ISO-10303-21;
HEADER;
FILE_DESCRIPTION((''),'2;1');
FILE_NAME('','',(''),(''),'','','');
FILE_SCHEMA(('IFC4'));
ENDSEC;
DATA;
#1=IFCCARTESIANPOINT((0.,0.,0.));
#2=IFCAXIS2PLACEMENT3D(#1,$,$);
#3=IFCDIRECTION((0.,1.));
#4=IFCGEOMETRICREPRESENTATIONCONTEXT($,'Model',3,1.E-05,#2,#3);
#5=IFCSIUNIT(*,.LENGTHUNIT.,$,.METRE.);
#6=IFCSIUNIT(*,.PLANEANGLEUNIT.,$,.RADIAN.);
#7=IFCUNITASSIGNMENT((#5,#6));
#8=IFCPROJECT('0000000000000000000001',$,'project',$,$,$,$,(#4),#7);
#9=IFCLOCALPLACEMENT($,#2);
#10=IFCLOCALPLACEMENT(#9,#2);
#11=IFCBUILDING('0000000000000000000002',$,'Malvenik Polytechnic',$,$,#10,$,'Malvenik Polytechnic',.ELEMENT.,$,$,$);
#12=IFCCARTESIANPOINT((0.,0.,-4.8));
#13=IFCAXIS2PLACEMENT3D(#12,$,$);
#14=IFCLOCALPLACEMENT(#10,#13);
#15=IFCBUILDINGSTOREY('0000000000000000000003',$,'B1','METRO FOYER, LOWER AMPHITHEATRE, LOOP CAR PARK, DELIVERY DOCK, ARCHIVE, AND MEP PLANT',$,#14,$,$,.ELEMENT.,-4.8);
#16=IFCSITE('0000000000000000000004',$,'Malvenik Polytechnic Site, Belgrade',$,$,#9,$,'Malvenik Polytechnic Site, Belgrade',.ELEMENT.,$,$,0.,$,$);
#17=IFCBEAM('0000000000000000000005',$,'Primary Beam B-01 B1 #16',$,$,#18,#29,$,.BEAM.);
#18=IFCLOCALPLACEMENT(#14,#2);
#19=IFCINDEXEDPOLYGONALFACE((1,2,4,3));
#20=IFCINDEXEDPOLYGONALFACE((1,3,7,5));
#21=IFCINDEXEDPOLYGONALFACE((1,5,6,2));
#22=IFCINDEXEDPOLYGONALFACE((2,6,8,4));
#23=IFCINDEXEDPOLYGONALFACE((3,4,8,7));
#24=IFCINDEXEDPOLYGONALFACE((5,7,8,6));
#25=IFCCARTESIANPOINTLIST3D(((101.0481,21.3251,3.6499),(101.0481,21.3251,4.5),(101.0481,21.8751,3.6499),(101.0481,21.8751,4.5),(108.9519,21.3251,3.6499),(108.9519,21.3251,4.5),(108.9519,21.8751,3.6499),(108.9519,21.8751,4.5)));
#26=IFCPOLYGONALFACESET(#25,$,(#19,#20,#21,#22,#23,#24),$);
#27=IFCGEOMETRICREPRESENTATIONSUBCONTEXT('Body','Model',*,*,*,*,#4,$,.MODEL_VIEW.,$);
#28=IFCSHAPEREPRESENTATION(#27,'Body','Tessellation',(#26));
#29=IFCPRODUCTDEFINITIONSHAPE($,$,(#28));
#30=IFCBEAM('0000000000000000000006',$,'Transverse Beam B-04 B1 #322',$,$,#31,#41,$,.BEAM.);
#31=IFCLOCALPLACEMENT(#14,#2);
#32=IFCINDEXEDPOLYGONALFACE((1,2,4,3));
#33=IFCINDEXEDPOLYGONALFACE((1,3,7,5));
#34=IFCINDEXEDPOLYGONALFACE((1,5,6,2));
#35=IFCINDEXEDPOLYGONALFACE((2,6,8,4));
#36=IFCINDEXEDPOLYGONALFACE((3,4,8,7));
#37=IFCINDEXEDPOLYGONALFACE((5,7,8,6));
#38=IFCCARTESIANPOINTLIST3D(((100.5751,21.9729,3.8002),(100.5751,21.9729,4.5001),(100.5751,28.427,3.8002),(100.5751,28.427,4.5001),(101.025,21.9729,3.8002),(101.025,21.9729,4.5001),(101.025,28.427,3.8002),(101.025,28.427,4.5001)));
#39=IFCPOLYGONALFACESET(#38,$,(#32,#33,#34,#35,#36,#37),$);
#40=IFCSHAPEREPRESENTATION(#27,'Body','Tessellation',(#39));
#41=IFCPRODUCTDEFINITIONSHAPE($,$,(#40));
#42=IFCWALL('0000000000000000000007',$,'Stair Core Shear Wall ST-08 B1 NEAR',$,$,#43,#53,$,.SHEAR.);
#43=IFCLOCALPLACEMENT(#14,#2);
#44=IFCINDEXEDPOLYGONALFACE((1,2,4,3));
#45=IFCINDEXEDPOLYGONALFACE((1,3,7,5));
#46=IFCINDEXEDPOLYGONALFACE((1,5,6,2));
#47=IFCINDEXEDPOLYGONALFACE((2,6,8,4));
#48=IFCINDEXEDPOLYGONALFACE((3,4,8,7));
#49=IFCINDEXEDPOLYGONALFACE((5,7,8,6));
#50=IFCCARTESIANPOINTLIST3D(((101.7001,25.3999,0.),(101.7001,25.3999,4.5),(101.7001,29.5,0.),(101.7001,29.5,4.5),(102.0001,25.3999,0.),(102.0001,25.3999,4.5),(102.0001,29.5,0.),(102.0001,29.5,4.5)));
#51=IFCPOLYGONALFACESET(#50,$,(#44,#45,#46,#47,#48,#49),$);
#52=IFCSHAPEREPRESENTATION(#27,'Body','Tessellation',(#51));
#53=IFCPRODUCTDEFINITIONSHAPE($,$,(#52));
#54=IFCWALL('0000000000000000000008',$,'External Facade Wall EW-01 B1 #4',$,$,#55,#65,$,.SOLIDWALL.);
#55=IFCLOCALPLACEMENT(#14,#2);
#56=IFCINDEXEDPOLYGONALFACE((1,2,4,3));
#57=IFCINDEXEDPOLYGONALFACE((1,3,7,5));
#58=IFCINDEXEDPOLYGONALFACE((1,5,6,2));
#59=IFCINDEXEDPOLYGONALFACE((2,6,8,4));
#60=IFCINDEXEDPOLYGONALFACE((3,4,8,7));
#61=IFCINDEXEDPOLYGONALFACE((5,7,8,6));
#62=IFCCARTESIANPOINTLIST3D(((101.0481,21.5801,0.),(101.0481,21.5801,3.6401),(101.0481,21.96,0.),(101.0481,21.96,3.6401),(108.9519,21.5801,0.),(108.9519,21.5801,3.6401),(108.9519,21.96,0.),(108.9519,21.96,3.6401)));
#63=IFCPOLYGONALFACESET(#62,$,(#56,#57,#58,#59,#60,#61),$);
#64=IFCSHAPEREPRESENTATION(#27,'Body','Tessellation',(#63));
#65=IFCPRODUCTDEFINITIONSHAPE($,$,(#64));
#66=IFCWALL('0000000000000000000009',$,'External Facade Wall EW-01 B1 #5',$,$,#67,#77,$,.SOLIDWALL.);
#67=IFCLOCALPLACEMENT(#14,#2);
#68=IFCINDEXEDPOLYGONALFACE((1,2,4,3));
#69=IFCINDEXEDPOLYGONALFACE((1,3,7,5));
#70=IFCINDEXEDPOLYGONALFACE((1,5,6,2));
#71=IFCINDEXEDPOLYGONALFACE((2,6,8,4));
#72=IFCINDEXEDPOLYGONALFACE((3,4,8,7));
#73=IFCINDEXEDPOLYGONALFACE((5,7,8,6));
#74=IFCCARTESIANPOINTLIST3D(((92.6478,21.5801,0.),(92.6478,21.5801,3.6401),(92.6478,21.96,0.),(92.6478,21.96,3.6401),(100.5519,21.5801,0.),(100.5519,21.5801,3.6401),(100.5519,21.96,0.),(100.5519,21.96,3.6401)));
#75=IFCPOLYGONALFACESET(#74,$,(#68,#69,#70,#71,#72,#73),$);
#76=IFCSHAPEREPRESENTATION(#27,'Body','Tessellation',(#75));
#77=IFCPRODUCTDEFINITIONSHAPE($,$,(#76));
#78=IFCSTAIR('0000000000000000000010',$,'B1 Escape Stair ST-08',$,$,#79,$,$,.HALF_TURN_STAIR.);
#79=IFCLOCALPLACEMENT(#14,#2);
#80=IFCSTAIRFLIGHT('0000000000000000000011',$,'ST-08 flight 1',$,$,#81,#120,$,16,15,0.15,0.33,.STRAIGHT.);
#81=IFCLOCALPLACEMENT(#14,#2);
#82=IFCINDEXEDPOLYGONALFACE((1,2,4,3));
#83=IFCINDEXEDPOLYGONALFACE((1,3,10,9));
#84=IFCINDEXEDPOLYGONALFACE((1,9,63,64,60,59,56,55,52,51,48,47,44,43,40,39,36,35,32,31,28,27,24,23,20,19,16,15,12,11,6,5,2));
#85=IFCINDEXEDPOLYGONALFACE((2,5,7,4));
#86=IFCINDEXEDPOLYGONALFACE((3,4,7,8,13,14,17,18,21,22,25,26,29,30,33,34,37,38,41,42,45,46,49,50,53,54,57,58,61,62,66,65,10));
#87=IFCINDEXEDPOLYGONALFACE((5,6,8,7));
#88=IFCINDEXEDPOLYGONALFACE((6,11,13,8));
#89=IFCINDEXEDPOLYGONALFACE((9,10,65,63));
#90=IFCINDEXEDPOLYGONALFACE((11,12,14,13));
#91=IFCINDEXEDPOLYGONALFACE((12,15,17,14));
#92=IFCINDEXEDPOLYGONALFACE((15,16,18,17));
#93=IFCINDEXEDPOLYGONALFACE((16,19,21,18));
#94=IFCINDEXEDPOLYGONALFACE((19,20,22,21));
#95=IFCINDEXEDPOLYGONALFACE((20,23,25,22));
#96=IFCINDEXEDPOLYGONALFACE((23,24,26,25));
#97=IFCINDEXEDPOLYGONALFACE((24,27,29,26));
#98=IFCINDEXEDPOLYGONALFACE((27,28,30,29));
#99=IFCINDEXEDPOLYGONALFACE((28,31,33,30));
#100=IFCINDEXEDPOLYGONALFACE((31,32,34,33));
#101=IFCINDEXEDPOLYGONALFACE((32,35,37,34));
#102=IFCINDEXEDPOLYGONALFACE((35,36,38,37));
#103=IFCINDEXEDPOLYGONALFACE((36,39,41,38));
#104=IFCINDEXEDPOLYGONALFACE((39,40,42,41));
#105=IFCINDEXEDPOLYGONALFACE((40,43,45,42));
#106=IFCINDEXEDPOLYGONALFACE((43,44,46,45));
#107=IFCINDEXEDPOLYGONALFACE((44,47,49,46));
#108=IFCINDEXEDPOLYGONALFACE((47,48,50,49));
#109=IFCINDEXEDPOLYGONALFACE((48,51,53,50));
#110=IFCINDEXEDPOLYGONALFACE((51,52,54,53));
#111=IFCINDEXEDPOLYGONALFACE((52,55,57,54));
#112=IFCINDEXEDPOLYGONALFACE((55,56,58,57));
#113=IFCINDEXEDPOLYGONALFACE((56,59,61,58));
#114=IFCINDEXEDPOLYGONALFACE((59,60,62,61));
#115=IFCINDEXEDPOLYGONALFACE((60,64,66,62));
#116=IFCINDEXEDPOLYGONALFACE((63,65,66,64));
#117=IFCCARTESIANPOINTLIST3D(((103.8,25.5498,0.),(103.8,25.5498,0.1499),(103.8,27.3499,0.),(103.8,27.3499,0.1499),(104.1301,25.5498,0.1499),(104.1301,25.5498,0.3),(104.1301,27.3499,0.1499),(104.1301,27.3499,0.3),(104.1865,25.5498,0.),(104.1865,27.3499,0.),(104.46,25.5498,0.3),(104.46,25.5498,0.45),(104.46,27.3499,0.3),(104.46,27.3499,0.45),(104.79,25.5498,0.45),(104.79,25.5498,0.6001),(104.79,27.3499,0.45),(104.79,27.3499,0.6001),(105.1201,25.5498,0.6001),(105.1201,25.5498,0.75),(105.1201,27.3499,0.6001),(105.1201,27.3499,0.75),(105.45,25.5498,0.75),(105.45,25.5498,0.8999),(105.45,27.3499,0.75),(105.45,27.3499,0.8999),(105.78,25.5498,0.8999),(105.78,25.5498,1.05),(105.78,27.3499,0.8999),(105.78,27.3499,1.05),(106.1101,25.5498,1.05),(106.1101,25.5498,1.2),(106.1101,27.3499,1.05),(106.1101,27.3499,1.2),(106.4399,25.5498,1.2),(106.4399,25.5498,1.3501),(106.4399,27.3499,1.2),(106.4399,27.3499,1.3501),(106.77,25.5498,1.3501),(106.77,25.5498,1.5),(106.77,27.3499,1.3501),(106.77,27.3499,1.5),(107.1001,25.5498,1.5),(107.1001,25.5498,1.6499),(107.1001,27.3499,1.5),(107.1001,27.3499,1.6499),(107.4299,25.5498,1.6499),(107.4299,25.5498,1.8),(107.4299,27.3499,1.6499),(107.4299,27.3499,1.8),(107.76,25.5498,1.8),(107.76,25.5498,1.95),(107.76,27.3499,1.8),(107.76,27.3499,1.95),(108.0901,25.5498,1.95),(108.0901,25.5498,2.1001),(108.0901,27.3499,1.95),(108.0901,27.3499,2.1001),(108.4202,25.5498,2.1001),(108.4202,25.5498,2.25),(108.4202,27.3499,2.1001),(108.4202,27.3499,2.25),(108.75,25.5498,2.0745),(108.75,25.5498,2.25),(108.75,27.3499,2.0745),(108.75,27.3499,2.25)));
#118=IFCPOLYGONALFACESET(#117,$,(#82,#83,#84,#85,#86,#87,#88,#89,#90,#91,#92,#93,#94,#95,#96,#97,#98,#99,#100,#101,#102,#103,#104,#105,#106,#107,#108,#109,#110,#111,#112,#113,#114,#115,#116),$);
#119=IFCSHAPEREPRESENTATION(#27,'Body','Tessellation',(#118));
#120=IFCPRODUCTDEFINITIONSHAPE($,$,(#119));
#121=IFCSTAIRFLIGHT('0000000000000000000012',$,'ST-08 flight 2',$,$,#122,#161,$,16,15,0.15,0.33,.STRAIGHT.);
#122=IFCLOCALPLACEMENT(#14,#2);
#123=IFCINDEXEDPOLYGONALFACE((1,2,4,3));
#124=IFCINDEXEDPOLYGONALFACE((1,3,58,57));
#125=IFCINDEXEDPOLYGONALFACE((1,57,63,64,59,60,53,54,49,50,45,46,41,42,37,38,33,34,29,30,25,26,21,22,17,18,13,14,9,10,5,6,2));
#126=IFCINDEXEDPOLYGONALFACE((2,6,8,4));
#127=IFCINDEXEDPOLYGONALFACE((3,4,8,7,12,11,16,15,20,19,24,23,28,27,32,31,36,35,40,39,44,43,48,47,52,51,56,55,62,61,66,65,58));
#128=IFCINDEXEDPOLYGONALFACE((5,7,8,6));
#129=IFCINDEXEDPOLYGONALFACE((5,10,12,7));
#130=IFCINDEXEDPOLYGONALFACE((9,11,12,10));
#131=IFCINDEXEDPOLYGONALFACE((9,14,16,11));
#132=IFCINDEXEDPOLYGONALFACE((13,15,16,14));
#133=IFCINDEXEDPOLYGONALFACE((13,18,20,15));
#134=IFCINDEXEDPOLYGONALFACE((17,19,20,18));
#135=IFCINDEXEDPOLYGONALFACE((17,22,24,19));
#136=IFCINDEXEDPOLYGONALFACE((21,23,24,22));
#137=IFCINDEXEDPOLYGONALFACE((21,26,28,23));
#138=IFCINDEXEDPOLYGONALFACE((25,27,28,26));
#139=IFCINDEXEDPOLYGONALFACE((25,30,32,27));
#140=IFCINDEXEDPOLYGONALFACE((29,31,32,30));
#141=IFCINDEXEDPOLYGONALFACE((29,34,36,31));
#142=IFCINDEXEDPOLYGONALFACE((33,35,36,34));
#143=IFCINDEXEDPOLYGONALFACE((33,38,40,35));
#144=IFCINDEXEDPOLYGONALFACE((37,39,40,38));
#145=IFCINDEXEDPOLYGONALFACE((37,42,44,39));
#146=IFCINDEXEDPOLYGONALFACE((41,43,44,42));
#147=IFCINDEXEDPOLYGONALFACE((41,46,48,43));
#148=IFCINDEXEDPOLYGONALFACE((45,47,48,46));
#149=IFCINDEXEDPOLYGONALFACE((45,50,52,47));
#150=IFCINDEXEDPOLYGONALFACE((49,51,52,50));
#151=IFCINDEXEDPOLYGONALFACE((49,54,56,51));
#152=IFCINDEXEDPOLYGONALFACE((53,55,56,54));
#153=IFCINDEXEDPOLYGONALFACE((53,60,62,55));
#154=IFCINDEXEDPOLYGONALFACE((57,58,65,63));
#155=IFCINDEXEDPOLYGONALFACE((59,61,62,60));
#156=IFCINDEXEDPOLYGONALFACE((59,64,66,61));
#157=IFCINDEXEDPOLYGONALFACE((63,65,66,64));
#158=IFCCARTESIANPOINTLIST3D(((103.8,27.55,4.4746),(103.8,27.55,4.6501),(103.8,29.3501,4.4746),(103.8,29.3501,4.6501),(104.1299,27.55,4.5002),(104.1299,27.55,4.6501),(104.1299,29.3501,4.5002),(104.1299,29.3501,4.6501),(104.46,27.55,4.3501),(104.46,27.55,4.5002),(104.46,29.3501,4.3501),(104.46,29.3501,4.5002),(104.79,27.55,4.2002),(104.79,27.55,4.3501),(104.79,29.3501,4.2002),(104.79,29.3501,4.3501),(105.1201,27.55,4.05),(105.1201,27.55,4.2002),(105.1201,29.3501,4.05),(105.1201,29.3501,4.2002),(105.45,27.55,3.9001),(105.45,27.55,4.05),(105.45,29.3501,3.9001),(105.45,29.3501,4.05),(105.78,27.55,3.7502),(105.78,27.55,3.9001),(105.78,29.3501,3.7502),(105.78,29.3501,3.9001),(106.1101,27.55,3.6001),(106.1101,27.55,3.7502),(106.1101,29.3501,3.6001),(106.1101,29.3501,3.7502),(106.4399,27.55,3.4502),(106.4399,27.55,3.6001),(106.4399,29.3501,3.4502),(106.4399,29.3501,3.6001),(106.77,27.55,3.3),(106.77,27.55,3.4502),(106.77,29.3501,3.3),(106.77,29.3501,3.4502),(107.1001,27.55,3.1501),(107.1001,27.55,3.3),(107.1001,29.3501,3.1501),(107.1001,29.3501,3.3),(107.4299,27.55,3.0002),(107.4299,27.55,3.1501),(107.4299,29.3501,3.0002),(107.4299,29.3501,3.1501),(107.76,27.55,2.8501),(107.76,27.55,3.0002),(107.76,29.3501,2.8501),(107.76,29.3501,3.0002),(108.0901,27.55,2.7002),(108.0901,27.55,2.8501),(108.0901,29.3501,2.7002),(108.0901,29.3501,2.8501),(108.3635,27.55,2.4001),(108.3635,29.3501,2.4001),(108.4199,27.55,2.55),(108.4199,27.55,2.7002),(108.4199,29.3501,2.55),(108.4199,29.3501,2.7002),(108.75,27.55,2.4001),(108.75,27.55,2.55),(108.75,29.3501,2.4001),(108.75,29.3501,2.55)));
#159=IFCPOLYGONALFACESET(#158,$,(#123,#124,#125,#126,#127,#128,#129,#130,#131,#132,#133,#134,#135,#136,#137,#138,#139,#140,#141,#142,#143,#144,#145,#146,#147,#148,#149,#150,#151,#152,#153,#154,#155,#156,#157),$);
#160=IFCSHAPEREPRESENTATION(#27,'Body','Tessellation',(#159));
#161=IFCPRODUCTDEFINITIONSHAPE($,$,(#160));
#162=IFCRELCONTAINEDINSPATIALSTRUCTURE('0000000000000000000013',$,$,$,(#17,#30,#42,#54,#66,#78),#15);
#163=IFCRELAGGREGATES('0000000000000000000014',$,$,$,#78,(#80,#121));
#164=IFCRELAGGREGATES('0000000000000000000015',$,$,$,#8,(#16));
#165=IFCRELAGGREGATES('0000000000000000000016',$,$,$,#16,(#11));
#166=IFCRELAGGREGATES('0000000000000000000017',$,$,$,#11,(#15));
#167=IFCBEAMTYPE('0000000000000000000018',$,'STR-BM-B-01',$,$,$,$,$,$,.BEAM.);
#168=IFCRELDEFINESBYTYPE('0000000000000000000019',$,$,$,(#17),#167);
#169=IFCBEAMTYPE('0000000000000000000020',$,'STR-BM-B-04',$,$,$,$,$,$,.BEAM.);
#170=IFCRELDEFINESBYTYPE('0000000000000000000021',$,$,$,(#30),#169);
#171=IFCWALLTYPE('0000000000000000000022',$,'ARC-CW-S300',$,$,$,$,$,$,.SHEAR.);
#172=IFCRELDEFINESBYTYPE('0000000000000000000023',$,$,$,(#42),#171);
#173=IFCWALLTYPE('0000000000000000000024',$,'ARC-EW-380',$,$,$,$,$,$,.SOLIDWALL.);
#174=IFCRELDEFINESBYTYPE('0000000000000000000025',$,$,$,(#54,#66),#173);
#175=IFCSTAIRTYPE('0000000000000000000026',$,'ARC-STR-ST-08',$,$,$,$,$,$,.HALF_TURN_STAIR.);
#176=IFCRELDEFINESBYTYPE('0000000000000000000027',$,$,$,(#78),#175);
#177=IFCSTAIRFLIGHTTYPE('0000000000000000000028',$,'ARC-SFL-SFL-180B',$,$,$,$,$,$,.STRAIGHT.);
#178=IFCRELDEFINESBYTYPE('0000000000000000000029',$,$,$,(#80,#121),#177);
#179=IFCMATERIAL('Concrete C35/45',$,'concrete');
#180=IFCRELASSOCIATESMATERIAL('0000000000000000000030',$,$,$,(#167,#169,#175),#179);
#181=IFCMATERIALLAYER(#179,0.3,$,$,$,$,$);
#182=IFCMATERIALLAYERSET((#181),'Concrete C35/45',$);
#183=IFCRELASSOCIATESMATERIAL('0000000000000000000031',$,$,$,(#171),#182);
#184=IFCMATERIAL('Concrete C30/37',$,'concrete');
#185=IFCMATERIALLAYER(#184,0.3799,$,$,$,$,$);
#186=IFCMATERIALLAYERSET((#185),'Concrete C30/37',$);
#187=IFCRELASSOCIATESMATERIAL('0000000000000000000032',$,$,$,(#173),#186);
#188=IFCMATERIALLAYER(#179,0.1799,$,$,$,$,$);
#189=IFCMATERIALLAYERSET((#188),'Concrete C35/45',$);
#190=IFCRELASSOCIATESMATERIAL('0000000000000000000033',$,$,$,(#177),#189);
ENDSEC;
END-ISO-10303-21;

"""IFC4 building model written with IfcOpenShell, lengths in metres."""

from ifc_helpers import new_model, si_unit, direction, frame, frame_2d, origin, origin_2d, place, context, subcontext, project, spatial, polyline, rectangle, outline, extrude, material, layer, layer_set, material_profile, profile_set, type_object, element, aggregate, save


model = new_model("IFC4")

# Units and contexts
model_context = context("Model", 3, precision=1e-05, world=origin(), true_north=direction((0.0, 1.0)))
body_context = subcontext(model_context, "Body", "Model", "MODEL_VIEW")
ifc_project = project(units=[si_unit("LENGTHUNIT", "METRE"), si_unit("PLANEANGLEUNIT", "RADIAN")], contexts=[model_context])

# Site, building, storey
site_placement = place(None, origin())
site = spatial("IfcSite", under=ifc_project, at=site_placement, Name="Malvenik Polytechnic Site, Belgrade", LongName="Malvenik Polytechnic Site, Belgrade", CompositionType="ELEMENT", RefElevation=0.0)
building_placement = place(site_placement, origin())
building = spatial("IfcBuilding", under=site, at=building_placement, Name="Malvenik Polytechnic", LongName="Malvenik Polytechnic", CompositionType="ELEMENT")
storey_placement = place(building_placement, frame((0.0, 0.0, -4.8)))
storey = spatial("IfcBuildingStorey", under=building, at=storey_placement, Name="B1", Description="METRO FOYER, LOWER AMPHITHEATRE, LOOP CAR PARK, DELIVERY DOCK, ARCHIVE, AND MEP PLANT", CompositionType="ELEMENT", Elevation=-4.8)

# Shared definitions
ifc_material_1 = material(Name="Concrete C35/45", Category="concrete")

# Beams
ifc_material_profile_1 = material_profile(ifc_material_1, rectangle(XDim=0.55, YDim=0.8501, at=origin_2d()), Name="RC BM 550x850")
ifc_profile_set_1 = profile_set([ifc_material_profile_1], Name="Concrete C35/45")
beam_type_1 = type_object("IfcBeamType", Name="STR-BM-B-01", PredefinedType="BEAM", material=ifc_profile_set_1)
beam_1_placement = place(storey_placement, frame((101.0481, 21.6001, 4.075), z_axis=(1.0, 0.0, 0.0), x_axis=(0.0, 1.0, 0.0)))
element("IfcBeam", 1, at=beam_1_placement, inside=storey, type_object=beam_type_1, Name="Primary Beam B-01 B1 #16", PredefinedType="BEAM", context=body_context, shape_type="SweptSolid", body=[
    extrude(rectangle(XDim=0.55, YDim=0.8501, at=origin_2d()), origin(), (0.0, 0.0, 1.0), 7.9038),
])
ifc_material_profile_2 = material_profile(ifc_material_1, rectangle(XDim=0.45, YDim=0.7, at=origin_2d()), Name="RC BM 450x700")
ifc_profile_set_2 = profile_set([ifc_material_profile_2], Name="Concrete C35/45")
beam_type_2 = type_object("IfcBeamType", Name="STR-BM-B-04", PredefinedType="BEAM", material=ifc_profile_set_2)
beam_2_placement = place(storey_placement, frame((100.8, 21.9729, 4.1501), z_axis=(0.0, 1.0, 0.0), x_axis=(-1.0, 0.0, 0.0)))
element("IfcBeam", 2, at=beam_2_placement, inside=storey, type_object=beam_type_2, Name="Transverse Beam B-04 B1 #322", PredefinedType="BEAM", context=body_context, shape_type="SweptSolid", body=[
    extrude(rectangle(XDim=0.45, YDim=0.7, at=origin_2d()), origin(), (0.0, 0.0, 1.0), 6.4541),
])

# Walls
ifc_layer_1 = layer(ifc_material_1, 0.3)
ifc_layer_set_1 = layer_set([ifc_layer_1], Name="Concrete C35/45")
wall_type_1 = type_object("IfcWallType", Name="ARC-CW-S300", PredefinedType="SHEAR", material=ifc_layer_set_1)
wall_1_placement = place(storey_placement, frame((101.8501, 25.3999, 0.0), z_axis=(0.0, 0.0, 1.0), x_axis=(0.0, 1.0, 0.0)))
element("IfcWall", 3, at=wall_1_placement, inside=storey, type_object=wall_type_1, Name="Stair Core Shear Wall ST-08 B1 NEAR", PredefinedType="SHEAR", context=body_context, shape_type="SweptSolid", body=[
    extrude(rectangle(XDim=4.1001, YDim=0.3, at=frame_2d((2.05, 0.0))), origin(), (0.0, 0.0, 1.0), 4.5),
])
ifc_material_2 = material(Name="Concrete C30/37", Category="concrete")
ifc_layer_2 = layer(ifc_material_2, 0.3799)
ifc_layer_set_2 = layer_set([ifc_layer_2], Name="Concrete C30/37")
wall_type_2 = type_object("IfcWallType", Name="ARC-EW-380", PredefinedType="SOLIDWALL", material=ifc_layer_set_2)
wall_2_placement = place(storey_placement, frame((108.9519, 21.77, 0.0), z_axis=(0.0, 0.0, 1.0), x_axis=(-1.0, 0.0, 0.0)))
element("IfcWall", 4, at=wall_2_placement, inside=storey, type_object=wall_type_2, Name="External Facade Wall EW-01 B1 #4", PredefinedType="SOLIDWALL", context=body_context, shape_type="SweptSolid", body=[
    extrude(rectangle(XDim=7.9038, YDim=0.3799, at=frame_2d((3.9519, 0.0))), origin(), (0.0, 0.0, 1.0), 3.6401),
])
wall_3_placement = place(storey_placement, frame((100.552, 21.77, 0.0), z_axis=(0.0, 0.0, 1.0), x_axis=(-1.0, 0.0, 0.0)))
element("IfcWall", 5, at=wall_3_placement, inside=storey, type_object=wall_type_2, Name="External Facade Wall EW-01 B1 #5", PredefinedType="SOLIDWALL", context=body_context, shape_type="SweptSolid", body=[
    extrude(rectangle(XDim=7.9041, YDim=0.3799, at=frame_2d((3.9521, 0.0))), origin(), (0.0, 0.0, 1.0), 3.6401),
])

# Stair, stair flights
stair_type = type_object("IfcStairType", Name="ARC-STR-ST-08", PredefinedType="HALF_TURN_STAIR", material=ifc_material_1)
stair_placement = place(storey_placement, origin())
stair = element("IfcStair", 6, at=stair_placement, inside=storey, type_object=stair_type, Name="B1 Escape Stair ST-08", PredefinedType="HALF_TURN_STAIR")
ifc_layer_3 = layer(ifc_material_1, 0.1799)
ifc_layer_set_3 = layer_set([ifc_layer_3], Name="Concrete C35/45")
stair_flight_type = type_object("IfcStairFlightType", Name="ARC-SFL-SFL-180B", PredefinedType="STRAIGHT", material=ifc_layer_set_3)
stair_flight_1_placement = place(storey_placement, frame((103.8, 26.45, 0.0), z_axis=(0.0, 0.0, 1.0), x_axis=(1.0, 0.0, 0.0)))
stair_flight_1 = element("IfcStairFlight", 7, at=stair_flight_1_placement, type_object=stair_flight_type, Name="ST-08 flight 1", NumberOfRisers=16, NumberOfTreads=15, PredefinedType="STRAIGHT", RiserHeight=0.15, TreadLength=0.33, context=body_context, shape_type="SweptSolid", body=[
    extrude(outline(polyline([(0.0, 0.0), (0.0, 0.1499), (0.3301, 0.1499), (0.3301, 0.3), (0.6599, 0.3), (0.6599, 0.45), (0.99, 0.45), (0.99, 0.6001), (1.3201, 0.6001), (1.3201, 0.75), (1.6499, 0.75), (1.6499, 0.8999), (1.98, 0.8999), (1.98, 1.05), (2.3101, 1.05), (2.3101, 1.2), (2.6399, 1.2), (2.6399, 1.3501), (2.97, 1.3501), (2.97, 1.5), (3.3, 1.5), (3.3, 1.6499), (3.6299, 1.6499), (3.6299, 1.8), (3.96, 1.8), (3.96, 1.95), (4.29, 1.95), (4.29, 2.1001), (4.6201, 2.1001), (4.6201, 2.25), (4.95, 2.25), (4.95, 2.3999), (4.95, 2.0745), (0.3865, 0.0), (0.0, 0.0)])), frame((0.0, 0.8999, 0.0), z_axis=(0.0, -1.0, 0.0), x_axis=(1.0, 0.0, 0.0)), (0.0, 0.0, 1.0), 1.8),
])
stair_flight_2_placement = place(storey_placement, frame((108.75, 28.45, 2.4001), z_axis=(0.0, 0.0, 1.0), x_axis=(-1.0, 0.0, 0.0)))
stair_flight_2 = element("IfcStairFlight", 8, at=stair_flight_2_placement, type_object=stair_flight_type, Name="ST-08 flight 2", NumberOfRisers=16, NumberOfTreads=15, PredefinedType="STRAIGHT", RiserHeight=0.15, TreadLength=0.33, context=body_context, shape_type="SweptSolid", body=[
    extrude(outline(polyline([(0.0, 0.0), (0.0, 0.1499), (0.3301, 0.1499), (0.3301, 0.3), (0.6599, 0.3), (0.6599, 0.45), (0.99, 0.45), (0.99, 0.6001), (1.3201, 0.6001), (1.3201, 0.75), (1.6499, 0.75), (1.6499, 0.8999), (1.98, 0.8999), (1.98, 1.05), (2.3101, 1.05), (2.3101, 1.2), (2.6399, 1.2), (2.6399, 1.3501), (2.97, 1.3501), (2.97, 1.5), (3.3, 1.5), (3.3, 1.6499), (3.6299, 1.6499), (3.6299, 1.8), (3.96, 1.8), (3.96, 1.95), (4.29, 1.95), (4.29, 2.1001), (4.6201, 2.1001), (4.6201, 2.25), (4.95, 2.25), (4.95, 2.3999), (4.95, 2.0745), (0.3865, 0.0), (0.0, 0.0)])), frame((0.0, 0.8999, 0.0), z_axis=(0.0, -1.0, 0.0), x_axis=(1.0, 0.0, 0.0)), (0.0, 0.0, 1.0), 1.8),
])
aggregate(stair, [stair_flight_1, stair_flight_2])

save(model, "model.ifc")
